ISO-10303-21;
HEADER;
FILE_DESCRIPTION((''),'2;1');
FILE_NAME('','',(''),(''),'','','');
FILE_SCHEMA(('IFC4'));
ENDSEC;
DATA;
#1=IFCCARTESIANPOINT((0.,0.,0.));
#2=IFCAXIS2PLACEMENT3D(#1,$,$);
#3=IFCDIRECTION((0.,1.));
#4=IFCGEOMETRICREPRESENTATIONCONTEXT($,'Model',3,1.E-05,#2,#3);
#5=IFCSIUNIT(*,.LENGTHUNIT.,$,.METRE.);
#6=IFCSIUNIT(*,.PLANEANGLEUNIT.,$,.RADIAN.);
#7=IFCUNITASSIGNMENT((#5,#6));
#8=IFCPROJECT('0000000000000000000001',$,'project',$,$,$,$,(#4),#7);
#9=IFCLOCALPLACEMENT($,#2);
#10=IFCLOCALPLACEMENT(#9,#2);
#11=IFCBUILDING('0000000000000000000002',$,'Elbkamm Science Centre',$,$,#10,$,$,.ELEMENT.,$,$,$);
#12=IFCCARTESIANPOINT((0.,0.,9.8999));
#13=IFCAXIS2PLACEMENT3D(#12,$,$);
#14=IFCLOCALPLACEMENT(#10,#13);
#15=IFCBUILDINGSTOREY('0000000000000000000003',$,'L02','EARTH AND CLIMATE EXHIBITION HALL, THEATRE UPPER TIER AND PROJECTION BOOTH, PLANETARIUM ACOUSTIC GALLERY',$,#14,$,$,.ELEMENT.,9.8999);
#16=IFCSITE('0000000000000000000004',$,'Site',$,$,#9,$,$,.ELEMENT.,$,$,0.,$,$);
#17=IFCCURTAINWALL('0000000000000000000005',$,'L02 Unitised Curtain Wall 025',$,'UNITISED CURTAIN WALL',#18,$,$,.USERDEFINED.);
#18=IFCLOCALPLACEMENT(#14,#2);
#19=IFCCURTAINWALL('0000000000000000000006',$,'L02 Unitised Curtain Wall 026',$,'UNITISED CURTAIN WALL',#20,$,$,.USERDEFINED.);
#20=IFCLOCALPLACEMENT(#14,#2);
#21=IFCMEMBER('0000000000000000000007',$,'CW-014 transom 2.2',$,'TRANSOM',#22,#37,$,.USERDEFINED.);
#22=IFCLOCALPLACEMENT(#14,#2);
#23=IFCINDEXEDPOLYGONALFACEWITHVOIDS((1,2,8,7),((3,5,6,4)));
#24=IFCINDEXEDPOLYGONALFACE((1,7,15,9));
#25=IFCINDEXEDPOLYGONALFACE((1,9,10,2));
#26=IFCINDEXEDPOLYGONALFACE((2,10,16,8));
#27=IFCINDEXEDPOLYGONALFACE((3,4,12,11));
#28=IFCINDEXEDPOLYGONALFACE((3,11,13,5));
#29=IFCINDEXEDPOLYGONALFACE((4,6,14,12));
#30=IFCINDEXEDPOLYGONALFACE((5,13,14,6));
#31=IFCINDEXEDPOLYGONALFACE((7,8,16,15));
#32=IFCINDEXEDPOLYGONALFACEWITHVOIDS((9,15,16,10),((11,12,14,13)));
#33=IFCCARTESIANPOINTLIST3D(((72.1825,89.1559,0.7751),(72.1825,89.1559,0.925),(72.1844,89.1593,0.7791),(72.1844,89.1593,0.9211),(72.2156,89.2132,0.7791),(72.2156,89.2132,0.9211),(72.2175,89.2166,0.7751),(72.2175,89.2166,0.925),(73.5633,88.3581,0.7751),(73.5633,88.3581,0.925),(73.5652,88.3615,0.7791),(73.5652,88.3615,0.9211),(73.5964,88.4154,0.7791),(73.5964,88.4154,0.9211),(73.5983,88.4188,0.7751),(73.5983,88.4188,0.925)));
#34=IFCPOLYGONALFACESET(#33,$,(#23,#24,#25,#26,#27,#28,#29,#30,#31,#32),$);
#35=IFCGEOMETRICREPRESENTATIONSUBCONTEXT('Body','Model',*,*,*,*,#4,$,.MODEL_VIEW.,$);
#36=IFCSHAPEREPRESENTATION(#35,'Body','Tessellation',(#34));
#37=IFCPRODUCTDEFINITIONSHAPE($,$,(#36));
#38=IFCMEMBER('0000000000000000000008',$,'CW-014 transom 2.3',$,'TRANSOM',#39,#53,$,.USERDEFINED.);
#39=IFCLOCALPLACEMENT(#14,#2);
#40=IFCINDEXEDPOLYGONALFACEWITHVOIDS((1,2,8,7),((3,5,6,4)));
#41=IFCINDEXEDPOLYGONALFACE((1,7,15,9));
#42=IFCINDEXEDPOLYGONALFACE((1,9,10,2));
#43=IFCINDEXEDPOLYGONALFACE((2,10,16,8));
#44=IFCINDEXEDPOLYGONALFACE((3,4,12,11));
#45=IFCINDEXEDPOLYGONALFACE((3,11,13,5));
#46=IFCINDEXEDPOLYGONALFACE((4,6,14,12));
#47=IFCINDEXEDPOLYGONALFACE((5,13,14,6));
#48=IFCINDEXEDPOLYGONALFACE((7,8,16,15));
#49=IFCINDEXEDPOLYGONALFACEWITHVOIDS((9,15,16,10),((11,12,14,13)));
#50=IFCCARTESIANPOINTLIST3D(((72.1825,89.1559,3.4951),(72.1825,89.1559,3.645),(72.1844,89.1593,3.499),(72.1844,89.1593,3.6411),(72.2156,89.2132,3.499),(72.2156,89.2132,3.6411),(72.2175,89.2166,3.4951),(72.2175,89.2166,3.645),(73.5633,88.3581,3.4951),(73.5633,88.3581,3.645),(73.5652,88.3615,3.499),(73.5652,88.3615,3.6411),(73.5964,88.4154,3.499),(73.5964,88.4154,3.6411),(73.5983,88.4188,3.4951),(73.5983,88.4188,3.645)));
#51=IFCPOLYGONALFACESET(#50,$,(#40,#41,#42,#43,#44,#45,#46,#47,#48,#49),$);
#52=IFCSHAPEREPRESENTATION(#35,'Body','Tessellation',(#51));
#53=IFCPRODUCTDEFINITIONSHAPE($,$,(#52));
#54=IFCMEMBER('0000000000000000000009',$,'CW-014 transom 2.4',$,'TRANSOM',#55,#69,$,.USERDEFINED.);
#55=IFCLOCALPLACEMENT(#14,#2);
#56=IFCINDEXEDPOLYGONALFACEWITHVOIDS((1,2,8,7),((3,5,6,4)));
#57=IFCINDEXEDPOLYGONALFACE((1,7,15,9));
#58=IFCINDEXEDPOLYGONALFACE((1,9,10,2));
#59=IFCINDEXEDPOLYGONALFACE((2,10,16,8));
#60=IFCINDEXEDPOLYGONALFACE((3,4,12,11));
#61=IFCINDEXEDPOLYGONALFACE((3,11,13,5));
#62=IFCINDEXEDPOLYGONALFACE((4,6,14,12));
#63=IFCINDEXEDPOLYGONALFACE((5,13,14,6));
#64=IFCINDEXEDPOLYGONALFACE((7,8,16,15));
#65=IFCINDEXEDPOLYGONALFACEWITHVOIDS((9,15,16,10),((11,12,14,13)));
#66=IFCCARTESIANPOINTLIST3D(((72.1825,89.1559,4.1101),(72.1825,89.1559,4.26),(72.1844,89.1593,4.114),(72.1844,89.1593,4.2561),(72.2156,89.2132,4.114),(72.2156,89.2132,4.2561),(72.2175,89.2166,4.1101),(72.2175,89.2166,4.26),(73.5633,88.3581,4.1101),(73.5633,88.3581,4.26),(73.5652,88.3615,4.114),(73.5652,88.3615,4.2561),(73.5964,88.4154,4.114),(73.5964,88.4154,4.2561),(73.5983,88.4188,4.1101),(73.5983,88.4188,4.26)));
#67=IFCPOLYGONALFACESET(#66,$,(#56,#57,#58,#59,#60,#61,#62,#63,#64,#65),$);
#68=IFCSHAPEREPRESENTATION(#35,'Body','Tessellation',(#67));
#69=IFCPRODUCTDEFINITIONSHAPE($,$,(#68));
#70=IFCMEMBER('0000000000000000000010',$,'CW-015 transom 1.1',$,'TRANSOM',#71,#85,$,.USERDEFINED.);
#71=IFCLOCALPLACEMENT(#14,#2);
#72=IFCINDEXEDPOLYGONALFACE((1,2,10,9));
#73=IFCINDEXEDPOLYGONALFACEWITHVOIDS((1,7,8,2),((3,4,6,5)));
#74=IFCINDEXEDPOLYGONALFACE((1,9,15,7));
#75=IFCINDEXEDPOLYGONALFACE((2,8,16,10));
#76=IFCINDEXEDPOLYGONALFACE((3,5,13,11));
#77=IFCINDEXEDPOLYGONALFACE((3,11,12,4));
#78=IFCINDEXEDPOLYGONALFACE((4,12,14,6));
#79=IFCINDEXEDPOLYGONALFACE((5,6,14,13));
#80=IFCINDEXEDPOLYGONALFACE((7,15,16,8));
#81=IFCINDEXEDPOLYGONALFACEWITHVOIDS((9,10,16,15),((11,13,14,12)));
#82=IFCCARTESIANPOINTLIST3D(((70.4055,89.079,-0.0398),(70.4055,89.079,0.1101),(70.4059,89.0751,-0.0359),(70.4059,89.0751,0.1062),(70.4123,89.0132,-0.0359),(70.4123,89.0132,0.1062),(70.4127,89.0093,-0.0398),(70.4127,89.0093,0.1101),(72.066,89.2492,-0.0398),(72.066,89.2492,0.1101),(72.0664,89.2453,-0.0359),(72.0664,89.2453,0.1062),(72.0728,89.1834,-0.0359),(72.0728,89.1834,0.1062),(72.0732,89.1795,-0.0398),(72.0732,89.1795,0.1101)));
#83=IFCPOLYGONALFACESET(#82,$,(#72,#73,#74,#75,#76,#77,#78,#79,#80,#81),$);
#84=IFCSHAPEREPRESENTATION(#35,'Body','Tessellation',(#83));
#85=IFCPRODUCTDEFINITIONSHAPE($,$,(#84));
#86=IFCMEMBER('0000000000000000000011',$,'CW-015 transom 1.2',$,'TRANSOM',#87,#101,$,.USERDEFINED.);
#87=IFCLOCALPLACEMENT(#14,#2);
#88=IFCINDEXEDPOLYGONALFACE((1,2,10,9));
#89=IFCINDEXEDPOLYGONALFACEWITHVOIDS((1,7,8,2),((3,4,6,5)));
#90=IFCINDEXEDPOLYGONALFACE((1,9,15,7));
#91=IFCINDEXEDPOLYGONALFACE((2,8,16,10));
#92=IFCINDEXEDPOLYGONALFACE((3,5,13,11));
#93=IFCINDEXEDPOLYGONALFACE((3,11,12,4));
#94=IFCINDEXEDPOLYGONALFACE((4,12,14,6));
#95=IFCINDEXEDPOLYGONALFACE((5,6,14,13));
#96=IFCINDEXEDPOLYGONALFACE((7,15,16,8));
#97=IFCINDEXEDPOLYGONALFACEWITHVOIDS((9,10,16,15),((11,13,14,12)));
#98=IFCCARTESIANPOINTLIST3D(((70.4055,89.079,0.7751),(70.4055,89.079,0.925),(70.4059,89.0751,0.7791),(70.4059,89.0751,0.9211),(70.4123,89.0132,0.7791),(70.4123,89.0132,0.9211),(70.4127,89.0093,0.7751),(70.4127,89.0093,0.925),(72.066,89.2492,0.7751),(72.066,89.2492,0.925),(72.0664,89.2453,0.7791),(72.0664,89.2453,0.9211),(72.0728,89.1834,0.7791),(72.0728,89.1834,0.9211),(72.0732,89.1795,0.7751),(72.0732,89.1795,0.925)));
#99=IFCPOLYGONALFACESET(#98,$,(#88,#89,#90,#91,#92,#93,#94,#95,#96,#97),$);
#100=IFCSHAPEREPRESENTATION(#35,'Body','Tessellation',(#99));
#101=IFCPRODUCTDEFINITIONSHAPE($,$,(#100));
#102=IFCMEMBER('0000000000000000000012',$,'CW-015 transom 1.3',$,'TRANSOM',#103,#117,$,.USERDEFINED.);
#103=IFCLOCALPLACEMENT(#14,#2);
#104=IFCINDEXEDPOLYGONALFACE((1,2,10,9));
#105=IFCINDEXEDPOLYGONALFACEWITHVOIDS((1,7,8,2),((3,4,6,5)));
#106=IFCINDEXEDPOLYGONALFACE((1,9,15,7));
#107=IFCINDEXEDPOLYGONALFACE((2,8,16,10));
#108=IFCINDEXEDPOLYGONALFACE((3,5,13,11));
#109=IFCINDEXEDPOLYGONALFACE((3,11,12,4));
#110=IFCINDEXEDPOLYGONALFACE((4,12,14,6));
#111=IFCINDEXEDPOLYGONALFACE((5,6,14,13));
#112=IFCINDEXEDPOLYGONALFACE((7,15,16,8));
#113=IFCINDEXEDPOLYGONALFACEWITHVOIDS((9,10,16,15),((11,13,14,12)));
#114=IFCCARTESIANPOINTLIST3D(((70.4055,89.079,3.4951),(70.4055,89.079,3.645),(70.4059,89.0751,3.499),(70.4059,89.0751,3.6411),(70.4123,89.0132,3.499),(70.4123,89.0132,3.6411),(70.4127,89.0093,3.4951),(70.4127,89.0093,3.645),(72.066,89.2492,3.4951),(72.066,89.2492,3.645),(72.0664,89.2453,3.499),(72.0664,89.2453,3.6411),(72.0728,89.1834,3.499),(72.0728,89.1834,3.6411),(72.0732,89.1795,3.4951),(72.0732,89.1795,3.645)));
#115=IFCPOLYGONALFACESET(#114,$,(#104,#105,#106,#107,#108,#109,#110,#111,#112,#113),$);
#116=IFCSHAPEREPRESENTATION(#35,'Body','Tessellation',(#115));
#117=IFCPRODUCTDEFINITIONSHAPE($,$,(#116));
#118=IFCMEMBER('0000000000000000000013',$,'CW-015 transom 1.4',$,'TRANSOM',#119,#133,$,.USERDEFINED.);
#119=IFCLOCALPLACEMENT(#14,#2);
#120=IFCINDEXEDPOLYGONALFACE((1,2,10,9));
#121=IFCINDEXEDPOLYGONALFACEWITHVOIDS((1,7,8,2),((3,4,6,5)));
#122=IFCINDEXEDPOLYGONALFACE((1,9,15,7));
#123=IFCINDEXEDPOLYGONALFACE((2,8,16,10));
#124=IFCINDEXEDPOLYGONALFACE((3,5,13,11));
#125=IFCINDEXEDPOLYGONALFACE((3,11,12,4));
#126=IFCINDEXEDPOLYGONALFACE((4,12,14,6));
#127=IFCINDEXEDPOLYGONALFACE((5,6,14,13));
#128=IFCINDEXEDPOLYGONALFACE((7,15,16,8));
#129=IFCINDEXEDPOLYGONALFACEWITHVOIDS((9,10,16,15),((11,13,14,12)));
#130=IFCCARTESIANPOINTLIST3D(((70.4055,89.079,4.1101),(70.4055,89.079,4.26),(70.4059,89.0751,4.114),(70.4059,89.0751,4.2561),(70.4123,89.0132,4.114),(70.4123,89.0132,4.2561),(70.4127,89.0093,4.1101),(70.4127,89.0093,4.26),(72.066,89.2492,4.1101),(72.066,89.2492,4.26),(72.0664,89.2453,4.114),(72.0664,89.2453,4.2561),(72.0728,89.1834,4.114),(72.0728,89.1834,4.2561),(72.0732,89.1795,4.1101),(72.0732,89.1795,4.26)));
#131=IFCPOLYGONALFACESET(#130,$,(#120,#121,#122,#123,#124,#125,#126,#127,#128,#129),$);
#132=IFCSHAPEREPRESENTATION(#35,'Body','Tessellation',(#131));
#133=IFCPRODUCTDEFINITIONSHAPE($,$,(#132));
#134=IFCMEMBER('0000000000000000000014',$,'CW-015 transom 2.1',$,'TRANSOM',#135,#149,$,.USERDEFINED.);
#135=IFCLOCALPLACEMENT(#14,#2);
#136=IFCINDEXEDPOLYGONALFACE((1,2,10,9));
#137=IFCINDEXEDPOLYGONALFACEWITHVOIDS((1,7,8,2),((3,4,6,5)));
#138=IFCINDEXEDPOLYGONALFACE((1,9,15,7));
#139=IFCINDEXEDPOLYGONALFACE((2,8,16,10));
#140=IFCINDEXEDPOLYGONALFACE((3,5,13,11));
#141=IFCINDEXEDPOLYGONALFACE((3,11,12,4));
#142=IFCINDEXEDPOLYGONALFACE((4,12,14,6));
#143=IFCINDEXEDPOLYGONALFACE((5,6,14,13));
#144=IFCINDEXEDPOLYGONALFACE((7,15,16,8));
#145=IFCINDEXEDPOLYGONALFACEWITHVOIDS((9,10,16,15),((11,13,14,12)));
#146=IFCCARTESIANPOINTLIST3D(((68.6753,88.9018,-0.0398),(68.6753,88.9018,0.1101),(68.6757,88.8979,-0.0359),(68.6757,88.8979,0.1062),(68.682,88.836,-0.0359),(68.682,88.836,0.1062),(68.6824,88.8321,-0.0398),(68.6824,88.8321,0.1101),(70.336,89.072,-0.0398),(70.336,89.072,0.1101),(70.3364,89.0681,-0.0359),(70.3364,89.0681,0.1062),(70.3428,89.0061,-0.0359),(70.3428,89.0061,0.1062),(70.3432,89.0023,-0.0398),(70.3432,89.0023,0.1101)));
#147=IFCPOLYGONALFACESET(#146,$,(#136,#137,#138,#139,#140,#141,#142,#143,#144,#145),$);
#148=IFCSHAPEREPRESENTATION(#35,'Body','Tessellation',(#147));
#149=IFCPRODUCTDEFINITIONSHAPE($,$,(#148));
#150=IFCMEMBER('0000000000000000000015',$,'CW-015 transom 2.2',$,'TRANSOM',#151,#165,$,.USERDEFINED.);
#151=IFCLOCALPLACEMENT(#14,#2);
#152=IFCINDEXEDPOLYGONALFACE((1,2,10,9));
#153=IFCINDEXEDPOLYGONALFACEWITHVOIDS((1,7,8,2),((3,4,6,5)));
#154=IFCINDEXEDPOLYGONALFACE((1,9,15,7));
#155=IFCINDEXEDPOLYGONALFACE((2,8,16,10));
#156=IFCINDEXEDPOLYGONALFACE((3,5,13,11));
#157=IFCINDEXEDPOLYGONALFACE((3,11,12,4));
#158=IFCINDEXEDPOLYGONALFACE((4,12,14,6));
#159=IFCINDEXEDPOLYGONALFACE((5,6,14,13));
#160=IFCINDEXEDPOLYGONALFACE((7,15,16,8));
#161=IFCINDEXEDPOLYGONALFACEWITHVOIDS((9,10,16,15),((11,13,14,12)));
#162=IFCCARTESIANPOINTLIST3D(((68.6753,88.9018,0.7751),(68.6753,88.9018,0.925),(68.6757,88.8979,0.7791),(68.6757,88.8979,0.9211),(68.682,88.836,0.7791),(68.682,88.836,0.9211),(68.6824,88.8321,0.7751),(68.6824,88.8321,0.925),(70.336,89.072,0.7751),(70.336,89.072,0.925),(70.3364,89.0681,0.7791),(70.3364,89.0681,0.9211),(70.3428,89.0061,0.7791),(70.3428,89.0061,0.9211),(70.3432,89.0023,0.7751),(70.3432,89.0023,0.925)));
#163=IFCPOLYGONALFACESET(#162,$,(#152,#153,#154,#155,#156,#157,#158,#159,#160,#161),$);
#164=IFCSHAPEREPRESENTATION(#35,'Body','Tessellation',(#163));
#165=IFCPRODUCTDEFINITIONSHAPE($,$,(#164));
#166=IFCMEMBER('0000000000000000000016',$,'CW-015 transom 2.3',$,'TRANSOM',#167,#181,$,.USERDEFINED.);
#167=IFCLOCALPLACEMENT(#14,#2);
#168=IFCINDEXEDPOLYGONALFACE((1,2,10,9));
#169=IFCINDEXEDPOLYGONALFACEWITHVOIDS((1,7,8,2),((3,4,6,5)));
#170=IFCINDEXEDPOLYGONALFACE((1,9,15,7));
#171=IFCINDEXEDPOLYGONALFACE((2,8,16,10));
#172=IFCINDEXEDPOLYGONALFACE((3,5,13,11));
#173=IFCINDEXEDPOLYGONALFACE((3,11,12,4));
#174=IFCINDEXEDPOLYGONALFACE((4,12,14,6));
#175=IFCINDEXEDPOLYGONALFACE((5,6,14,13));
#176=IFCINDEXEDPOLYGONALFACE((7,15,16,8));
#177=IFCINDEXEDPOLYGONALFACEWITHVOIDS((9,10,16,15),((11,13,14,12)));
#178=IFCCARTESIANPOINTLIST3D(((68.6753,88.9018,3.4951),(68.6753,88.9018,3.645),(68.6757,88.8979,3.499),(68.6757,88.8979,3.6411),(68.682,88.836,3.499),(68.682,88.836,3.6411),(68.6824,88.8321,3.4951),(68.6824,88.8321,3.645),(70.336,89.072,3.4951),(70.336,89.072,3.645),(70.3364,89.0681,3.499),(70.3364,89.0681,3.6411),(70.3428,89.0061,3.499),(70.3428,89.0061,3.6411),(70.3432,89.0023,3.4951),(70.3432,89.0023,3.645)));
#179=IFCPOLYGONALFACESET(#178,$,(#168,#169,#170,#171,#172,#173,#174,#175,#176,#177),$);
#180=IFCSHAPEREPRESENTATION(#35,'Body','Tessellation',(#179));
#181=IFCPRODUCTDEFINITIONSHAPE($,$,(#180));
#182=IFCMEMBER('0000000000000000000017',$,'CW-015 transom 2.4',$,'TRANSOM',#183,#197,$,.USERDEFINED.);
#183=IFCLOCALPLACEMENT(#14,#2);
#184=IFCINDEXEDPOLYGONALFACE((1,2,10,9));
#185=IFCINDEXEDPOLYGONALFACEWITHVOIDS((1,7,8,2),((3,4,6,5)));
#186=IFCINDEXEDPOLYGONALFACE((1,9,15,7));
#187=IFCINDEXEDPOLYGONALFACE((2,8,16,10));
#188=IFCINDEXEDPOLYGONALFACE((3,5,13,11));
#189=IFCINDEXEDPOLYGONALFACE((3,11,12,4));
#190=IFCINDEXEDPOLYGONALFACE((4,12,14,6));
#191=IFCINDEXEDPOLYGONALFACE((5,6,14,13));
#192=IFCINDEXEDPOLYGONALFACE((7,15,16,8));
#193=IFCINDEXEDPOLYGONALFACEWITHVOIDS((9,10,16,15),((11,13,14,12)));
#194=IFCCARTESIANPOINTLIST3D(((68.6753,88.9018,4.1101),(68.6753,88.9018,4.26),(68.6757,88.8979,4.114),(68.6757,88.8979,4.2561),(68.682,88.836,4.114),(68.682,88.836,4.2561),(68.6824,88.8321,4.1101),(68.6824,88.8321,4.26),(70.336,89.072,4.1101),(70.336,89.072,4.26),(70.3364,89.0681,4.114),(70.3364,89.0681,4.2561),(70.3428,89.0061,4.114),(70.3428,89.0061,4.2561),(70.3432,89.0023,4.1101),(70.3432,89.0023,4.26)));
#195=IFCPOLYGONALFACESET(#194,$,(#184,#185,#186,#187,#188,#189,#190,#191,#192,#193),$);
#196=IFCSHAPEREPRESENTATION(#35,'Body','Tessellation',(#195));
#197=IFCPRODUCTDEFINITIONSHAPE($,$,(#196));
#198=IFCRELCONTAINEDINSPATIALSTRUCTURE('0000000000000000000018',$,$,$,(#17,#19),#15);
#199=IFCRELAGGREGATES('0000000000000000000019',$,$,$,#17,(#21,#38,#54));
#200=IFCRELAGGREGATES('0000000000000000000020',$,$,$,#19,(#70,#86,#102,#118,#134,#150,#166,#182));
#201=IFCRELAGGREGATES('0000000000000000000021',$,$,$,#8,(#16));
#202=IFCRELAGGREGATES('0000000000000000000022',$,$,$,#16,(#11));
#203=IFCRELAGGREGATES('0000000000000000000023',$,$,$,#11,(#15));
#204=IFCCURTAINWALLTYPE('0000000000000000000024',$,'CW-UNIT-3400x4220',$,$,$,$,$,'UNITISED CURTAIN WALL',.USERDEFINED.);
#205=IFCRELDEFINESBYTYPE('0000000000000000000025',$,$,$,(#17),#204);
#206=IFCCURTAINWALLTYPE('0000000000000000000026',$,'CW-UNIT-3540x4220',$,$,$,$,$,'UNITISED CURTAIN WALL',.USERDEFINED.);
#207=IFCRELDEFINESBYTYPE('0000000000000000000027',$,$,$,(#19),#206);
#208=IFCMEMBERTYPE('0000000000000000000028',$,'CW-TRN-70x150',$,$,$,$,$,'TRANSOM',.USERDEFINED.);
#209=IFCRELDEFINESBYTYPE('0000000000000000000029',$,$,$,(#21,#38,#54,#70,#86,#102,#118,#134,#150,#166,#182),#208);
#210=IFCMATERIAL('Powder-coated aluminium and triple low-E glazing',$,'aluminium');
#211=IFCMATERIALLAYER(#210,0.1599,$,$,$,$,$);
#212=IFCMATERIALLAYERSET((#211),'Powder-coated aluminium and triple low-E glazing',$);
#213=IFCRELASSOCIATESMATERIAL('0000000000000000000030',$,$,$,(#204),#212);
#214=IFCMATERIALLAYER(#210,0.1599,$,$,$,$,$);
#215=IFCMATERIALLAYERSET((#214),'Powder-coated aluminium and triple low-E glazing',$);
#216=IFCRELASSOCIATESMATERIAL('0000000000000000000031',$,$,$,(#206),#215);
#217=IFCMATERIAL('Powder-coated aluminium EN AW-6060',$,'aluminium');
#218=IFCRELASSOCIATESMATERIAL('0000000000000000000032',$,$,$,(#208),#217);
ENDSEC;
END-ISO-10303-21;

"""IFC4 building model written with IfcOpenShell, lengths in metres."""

from ifc_helpers import new_model, si_unit, direction, frame, origin, origin_2d, place, context, subcontext, project, spatial, hollow_rectangle, extrude, material, layer, layer_set, material_profile, profile_set, type_object, element, aggregate, save


model = new_model("IFC4")

# Units and contexts
model_context = context("Model", 3, precision=1e-05, world=origin(), true_north=direction((0.0, 1.0)))
body_context = subcontext(model_context, "Body", "Model", "MODEL_VIEW")
ifc_project = project(units=[si_unit("LENGTHUNIT", "METRE"), si_unit("PLANEANGLEUNIT", "RADIAN")], contexts=[model_context])

# Site, building, storey
site_placement = place(None, origin())
site = spatial("IfcSite", under=ifc_project, at=site_placement, Name="Site", CompositionType="ELEMENT", RefElevation=0.0)
building_placement = place(site_placement, origin())
building = spatial("IfcBuilding", under=site, at=building_placement, Name="Elbkamm Science Centre", CompositionType="ELEMENT")
storey_placement = place(building_placement, frame((0.0, 0.0, 9.8999)))
storey = spatial("IfcBuildingStorey", under=building, at=storey_placement, Name="L02", Description="EARTH AND CLIMATE EXHIBITION HALL, THEATRE UPPER TIER AND PROJECTION BOOTH, PLANETARIUM ACOUSTIC GALLERY", CompositionType="ELEMENT", Elevation=9.8999)

# Shared definitions
ifc_material_1 = material(Name="Powder-coated aluminium and triple low-E glazing", Category="aluminium")
ifc_layer_1 = layer(ifc_material_1, 0.1599)
ifc_layer_set_1 = layer_set([ifc_layer_1], Name="Powder-coated aluminium and triple low-E glazing")
curtain_wall_type_1 = type_object("IfcCurtainWallType", Name="CW-UNIT-3400x4220", ElementType="UNITISED CURTAIN WALL", PredefinedType="USERDEFINED", material=ifc_layer_set_1)
ifc_material_2 = material(Name="Powder-coated aluminium EN AW-6060", Category="aluminium")

# Curtain walls
curtain_wall_1_placement = place(storey_placement, origin())
curtain_wall_1 = element("IfcCurtainWall", 1, at=curtain_wall_1_placement, inside=storey, type_object=curtain_wall_type_1, Name="L02 Unitised Curtain Wall 025", ObjectType="UNITISED CURTAIN WALL", PredefinedType="USERDEFINED")
ifc_layer_2 = layer(ifc_material_1, 0.1599)
ifc_layer_set_2 = layer_set([ifc_layer_2], Name="Powder-coated aluminium and triple low-E glazing")
curtain_wall_type_2 = type_object("IfcCurtainWallType", Name="CW-UNIT-3540x4220", ElementType="UNITISED CURTAIN WALL", PredefinedType="USERDEFINED", material=ifc_layer_set_2)
curtain_wall_2_placement = place(storey_placement, origin())
curtain_wall_2 = element("IfcCurtainWall", 2, at=curtain_wall_2_placement, inside=storey, type_object=curtain_wall_type_2, Name="L02 Unitised Curtain Wall 026", ObjectType="UNITISED CURTAIN WALL", PredefinedType="USERDEFINED")

# Members
ifc_material_profile_1 = material_profile(ifc_material_2, hollow_rectangle(XDim=0.0701, YDim=0.1499, WallThickness=0.0039, at=origin_2d()), Name="ALU T70x150")
ifc_profile_set_1 = profile_set([ifc_material_profile_1], Name="Powder-coated aluminium EN AW-6060")
member_type_1 = type_object("IfcMemberType", Name="CW-TRN-70x150", ElementType="TRANSOM", PredefinedType="USERDEFINED", material=ifc_profile_set_1)
member_1_placement = place(storey_placement, frame((73.5808, 88.3884, 0.8501), z_axis=(-0.865859, 0.500288, 0.0), x_axis=(-0.500288, -0.865859, 0.0)))
member_1 = element("IfcMember", 3, at=member_1_placement, type_object=member_type_1, Name="CW-014 transom 2.2", ObjectType="TRANSOM", PredefinedType="USERDEFINED", context=body_context, shape_type="SweptSolid", body=[
    extrude(hollow_rectangle(XDim=0.0701, YDim=0.1499, WallThickness=0.0039, at=origin_2d()), origin(), (0.0, 0.0, 1.0), 1.5947),
])
member_2_placement = place(storey_placement, frame((73.5808, 88.3884, 3.5701), z_axis=(-0.865859, 0.500288, 0.0), x_axis=(-0.500288, -0.865859, 0.0)))
member_2 = element("IfcMember", 4, at=member_2_placement, type_object=member_type_1, Name="CW-014 transom 2.3", ObjectType="TRANSOM", PredefinedType="USERDEFINED", context=body_context, shape_type="SweptSolid", body=[
    extrude(hollow_rectangle(XDim=0.0701, YDim=0.1499, WallThickness=0.0039, at=origin_2d()), origin(), (0.0, 0.0, 1.0), 1.5947),
])
member_3_placement = place(storey_placement, frame((73.5808, 88.3884, 4.1851), z_axis=(-0.865859, 0.500288, 0.0), x_axis=(-0.500288, -0.865859, 0.0)))
member_3 = element("IfcMember", 5, at=member_3_placement, type_object=member_type_1, Name="CW-014 transom 2.4", ObjectType="TRANSOM", PredefinedType="USERDEFINED", context=body_context, shape_type="SweptSolid", body=[
    extrude(hollow_rectangle(XDim=0.0701, YDim=0.1499, WallThickness=0.0039, at=origin_2d()), origin(), (0.0, 0.0, 1.0), 1.5947),
])
member_4_placement = place(storey_placement, frame((72.0696, 89.2144, 0.0352), z_axis=(-0.994789, -0.101951, 0.0), x_axis=(0.101951, -0.994789, 0.0)))
member_4 = element("IfcMember", 6, at=member_4_placement, type_object=member_type_1, Name="CW-015 transom 1.1", ObjectType="TRANSOM", PredefinedType="USERDEFINED", context=body_context, shape_type="SweptSolid", body=[
    extrude(hollow_rectangle(XDim=0.0701, YDim=0.1499, WallThickness=0.0039, at=origin_2d()), origin(), (0.0, 0.0, 1.0), 1.6692),
])
member_5_placement = place(storey_placement, frame((72.0696, 89.2144, 0.8501), z_axis=(-0.994789, -0.101951, 0.0), x_axis=(0.101951, -0.994789, 0.0)))
member_5 = element("IfcMember", 7, at=member_5_placement, type_object=member_type_1, Name="CW-015 transom 1.2", ObjectType="TRANSOM", PredefinedType="USERDEFINED", context=body_context, shape_type="SweptSolid", body=[
    extrude(hollow_rectangle(XDim=0.0701, YDim=0.1499, WallThickness=0.0039, at=origin_2d()), origin(), (0.0, 0.0, 1.0), 1.6692),
])
member_6_placement = place(storey_placement, frame((72.0696, 89.2144, 3.5701), z_axis=(-0.994789, -0.101951, 0.0), x_axis=(0.101951, -0.994789, 0.0)))
member_6 = element("IfcMember", 8, at=member_6_placement, type_object=member_type_1, Name="CW-015 transom 1.3", ObjectType="TRANSOM", PredefinedType="USERDEFINED", context=body_context, shape_type="SweptSolid", body=[
    extrude(hollow_rectangle(XDim=0.0701, YDim=0.1499, WallThickness=0.0039, at=origin_2d()), origin(), (0.0, 0.0, 1.0), 1.6692),
])
member_7_placement = place(storey_placement, frame((72.0696, 89.2144, 4.1851), z_axis=(-0.994789, -0.101951, 0.0), x_axis=(0.101951, -0.994789, 0.0)))
member_7 = element("IfcMember", 9, at=member_7_placement, type_object=member_type_1, Name="CW-015 transom 1.4", ObjectType="TRANSOM", PredefinedType="USERDEFINED", context=body_context, shape_type="SweptSolid", body=[
    extrude(hollow_rectangle(XDim=0.0701, YDim=0.1499, WallThickness=0.0039, at=origin_2d()), origin(), (0.0, 0.0, 1.0), 1.6692),
])
member_8_placement = place(storey_placement, frame((70.3396, 89.0371, 0.0352), z_axis=(-0.994791, -0.101936, 0.0), x_axis=(0.101936, -0.994791, 0.0)))
member_8 = element("IfcMember", 10, at=member_8_placement, type_object=member_type_1, Name="CW-015 transom 2.1", ObjectType="TRANSOM", PredefinedType="USERDEFINED", context=body_context, shape_type="SweptSolid", body=[
    extrude(hollow_rectangle(XDim=0.0701, YDim=0.1499, WallThickness=0.0039, at=origin_2d()), origin(), (0.0, 0.0, 1.0), 1.6694),
])
member_9_placement = place(storey_placement, frame((70.3396, 89.0371, 0.8501), z_axis=(-0.994791, -0.101936, 0.0), x_axis=(0.101936, -0.994791, 0.0)))
member_9 = element("IfcMember", 11, at=member_9_placement, type_object=member_type_1, Name="CW-015 transom 2.2", ObjectType="TRANSOM", PredefinedType="USERDEFINED", context=body_context, shape_type="SweptSolid", body=[
    extrude(hollow_rectangle(XDim=0.0701, YDim=0.1499, WallThickness=0.0039, at=origin_2d()), origin(), (0.0, 0.0, 1.0), 1.6694),
])
member_10_placement = place(storey_placement, frame((70.3396, 89.0371, 3.5701), z_axis=(-0.994791, -0.101936, 0.0), x_axis=(0.101936, -0.994791, 0.0)))
member_10 = element("IfcMember", 12, at=member_10_placement, type_object=member_type_1, Name="CW-015 transom 2.3", ObjectType="TRANSOM", PredefinedType="USERDEFINED", context=body_context, shape_type="SweptSolid", body=[
    extrude(hollow_rectangle(XDim=0.0701, YDim=0.1499, WallThickness=0.0039, at=origin_2d()), origin(), (0.0, 0.0, 1.0), 1.6694),
])
member_11_placement = place(storey_placement, frame((70.3396, 89.0371, 4.1851), z_axis=(-0.994791, -0.101936, 0.0), x_axis=(0.101936, -0.994791, 0.0)))
member_11 = element("IfcMember", 13, at=member_11_placement, type_object=member_type_1, Name="CW-015 transom 2.4", ObjectType="TRANSOM", PredefinedType="USERDEFINED", context=body_context, shape_type="SweptSolid", body=[
    extrude(hollow_rectangle(XDim=0.0701, YDim=0.1499, WallThickness=0.0039, at=origin_2d()), origin(), (0.0, 0.0, 1.0), 1.6694),
])

aggregate(curtain_wall_1, [member_1, member_2, member_3])
aggregate(curtain_wall_2, [member_4, member_5, member_6, member_7, member_8, member_9, member_10, member_11])

save(model, "model.ifc")
